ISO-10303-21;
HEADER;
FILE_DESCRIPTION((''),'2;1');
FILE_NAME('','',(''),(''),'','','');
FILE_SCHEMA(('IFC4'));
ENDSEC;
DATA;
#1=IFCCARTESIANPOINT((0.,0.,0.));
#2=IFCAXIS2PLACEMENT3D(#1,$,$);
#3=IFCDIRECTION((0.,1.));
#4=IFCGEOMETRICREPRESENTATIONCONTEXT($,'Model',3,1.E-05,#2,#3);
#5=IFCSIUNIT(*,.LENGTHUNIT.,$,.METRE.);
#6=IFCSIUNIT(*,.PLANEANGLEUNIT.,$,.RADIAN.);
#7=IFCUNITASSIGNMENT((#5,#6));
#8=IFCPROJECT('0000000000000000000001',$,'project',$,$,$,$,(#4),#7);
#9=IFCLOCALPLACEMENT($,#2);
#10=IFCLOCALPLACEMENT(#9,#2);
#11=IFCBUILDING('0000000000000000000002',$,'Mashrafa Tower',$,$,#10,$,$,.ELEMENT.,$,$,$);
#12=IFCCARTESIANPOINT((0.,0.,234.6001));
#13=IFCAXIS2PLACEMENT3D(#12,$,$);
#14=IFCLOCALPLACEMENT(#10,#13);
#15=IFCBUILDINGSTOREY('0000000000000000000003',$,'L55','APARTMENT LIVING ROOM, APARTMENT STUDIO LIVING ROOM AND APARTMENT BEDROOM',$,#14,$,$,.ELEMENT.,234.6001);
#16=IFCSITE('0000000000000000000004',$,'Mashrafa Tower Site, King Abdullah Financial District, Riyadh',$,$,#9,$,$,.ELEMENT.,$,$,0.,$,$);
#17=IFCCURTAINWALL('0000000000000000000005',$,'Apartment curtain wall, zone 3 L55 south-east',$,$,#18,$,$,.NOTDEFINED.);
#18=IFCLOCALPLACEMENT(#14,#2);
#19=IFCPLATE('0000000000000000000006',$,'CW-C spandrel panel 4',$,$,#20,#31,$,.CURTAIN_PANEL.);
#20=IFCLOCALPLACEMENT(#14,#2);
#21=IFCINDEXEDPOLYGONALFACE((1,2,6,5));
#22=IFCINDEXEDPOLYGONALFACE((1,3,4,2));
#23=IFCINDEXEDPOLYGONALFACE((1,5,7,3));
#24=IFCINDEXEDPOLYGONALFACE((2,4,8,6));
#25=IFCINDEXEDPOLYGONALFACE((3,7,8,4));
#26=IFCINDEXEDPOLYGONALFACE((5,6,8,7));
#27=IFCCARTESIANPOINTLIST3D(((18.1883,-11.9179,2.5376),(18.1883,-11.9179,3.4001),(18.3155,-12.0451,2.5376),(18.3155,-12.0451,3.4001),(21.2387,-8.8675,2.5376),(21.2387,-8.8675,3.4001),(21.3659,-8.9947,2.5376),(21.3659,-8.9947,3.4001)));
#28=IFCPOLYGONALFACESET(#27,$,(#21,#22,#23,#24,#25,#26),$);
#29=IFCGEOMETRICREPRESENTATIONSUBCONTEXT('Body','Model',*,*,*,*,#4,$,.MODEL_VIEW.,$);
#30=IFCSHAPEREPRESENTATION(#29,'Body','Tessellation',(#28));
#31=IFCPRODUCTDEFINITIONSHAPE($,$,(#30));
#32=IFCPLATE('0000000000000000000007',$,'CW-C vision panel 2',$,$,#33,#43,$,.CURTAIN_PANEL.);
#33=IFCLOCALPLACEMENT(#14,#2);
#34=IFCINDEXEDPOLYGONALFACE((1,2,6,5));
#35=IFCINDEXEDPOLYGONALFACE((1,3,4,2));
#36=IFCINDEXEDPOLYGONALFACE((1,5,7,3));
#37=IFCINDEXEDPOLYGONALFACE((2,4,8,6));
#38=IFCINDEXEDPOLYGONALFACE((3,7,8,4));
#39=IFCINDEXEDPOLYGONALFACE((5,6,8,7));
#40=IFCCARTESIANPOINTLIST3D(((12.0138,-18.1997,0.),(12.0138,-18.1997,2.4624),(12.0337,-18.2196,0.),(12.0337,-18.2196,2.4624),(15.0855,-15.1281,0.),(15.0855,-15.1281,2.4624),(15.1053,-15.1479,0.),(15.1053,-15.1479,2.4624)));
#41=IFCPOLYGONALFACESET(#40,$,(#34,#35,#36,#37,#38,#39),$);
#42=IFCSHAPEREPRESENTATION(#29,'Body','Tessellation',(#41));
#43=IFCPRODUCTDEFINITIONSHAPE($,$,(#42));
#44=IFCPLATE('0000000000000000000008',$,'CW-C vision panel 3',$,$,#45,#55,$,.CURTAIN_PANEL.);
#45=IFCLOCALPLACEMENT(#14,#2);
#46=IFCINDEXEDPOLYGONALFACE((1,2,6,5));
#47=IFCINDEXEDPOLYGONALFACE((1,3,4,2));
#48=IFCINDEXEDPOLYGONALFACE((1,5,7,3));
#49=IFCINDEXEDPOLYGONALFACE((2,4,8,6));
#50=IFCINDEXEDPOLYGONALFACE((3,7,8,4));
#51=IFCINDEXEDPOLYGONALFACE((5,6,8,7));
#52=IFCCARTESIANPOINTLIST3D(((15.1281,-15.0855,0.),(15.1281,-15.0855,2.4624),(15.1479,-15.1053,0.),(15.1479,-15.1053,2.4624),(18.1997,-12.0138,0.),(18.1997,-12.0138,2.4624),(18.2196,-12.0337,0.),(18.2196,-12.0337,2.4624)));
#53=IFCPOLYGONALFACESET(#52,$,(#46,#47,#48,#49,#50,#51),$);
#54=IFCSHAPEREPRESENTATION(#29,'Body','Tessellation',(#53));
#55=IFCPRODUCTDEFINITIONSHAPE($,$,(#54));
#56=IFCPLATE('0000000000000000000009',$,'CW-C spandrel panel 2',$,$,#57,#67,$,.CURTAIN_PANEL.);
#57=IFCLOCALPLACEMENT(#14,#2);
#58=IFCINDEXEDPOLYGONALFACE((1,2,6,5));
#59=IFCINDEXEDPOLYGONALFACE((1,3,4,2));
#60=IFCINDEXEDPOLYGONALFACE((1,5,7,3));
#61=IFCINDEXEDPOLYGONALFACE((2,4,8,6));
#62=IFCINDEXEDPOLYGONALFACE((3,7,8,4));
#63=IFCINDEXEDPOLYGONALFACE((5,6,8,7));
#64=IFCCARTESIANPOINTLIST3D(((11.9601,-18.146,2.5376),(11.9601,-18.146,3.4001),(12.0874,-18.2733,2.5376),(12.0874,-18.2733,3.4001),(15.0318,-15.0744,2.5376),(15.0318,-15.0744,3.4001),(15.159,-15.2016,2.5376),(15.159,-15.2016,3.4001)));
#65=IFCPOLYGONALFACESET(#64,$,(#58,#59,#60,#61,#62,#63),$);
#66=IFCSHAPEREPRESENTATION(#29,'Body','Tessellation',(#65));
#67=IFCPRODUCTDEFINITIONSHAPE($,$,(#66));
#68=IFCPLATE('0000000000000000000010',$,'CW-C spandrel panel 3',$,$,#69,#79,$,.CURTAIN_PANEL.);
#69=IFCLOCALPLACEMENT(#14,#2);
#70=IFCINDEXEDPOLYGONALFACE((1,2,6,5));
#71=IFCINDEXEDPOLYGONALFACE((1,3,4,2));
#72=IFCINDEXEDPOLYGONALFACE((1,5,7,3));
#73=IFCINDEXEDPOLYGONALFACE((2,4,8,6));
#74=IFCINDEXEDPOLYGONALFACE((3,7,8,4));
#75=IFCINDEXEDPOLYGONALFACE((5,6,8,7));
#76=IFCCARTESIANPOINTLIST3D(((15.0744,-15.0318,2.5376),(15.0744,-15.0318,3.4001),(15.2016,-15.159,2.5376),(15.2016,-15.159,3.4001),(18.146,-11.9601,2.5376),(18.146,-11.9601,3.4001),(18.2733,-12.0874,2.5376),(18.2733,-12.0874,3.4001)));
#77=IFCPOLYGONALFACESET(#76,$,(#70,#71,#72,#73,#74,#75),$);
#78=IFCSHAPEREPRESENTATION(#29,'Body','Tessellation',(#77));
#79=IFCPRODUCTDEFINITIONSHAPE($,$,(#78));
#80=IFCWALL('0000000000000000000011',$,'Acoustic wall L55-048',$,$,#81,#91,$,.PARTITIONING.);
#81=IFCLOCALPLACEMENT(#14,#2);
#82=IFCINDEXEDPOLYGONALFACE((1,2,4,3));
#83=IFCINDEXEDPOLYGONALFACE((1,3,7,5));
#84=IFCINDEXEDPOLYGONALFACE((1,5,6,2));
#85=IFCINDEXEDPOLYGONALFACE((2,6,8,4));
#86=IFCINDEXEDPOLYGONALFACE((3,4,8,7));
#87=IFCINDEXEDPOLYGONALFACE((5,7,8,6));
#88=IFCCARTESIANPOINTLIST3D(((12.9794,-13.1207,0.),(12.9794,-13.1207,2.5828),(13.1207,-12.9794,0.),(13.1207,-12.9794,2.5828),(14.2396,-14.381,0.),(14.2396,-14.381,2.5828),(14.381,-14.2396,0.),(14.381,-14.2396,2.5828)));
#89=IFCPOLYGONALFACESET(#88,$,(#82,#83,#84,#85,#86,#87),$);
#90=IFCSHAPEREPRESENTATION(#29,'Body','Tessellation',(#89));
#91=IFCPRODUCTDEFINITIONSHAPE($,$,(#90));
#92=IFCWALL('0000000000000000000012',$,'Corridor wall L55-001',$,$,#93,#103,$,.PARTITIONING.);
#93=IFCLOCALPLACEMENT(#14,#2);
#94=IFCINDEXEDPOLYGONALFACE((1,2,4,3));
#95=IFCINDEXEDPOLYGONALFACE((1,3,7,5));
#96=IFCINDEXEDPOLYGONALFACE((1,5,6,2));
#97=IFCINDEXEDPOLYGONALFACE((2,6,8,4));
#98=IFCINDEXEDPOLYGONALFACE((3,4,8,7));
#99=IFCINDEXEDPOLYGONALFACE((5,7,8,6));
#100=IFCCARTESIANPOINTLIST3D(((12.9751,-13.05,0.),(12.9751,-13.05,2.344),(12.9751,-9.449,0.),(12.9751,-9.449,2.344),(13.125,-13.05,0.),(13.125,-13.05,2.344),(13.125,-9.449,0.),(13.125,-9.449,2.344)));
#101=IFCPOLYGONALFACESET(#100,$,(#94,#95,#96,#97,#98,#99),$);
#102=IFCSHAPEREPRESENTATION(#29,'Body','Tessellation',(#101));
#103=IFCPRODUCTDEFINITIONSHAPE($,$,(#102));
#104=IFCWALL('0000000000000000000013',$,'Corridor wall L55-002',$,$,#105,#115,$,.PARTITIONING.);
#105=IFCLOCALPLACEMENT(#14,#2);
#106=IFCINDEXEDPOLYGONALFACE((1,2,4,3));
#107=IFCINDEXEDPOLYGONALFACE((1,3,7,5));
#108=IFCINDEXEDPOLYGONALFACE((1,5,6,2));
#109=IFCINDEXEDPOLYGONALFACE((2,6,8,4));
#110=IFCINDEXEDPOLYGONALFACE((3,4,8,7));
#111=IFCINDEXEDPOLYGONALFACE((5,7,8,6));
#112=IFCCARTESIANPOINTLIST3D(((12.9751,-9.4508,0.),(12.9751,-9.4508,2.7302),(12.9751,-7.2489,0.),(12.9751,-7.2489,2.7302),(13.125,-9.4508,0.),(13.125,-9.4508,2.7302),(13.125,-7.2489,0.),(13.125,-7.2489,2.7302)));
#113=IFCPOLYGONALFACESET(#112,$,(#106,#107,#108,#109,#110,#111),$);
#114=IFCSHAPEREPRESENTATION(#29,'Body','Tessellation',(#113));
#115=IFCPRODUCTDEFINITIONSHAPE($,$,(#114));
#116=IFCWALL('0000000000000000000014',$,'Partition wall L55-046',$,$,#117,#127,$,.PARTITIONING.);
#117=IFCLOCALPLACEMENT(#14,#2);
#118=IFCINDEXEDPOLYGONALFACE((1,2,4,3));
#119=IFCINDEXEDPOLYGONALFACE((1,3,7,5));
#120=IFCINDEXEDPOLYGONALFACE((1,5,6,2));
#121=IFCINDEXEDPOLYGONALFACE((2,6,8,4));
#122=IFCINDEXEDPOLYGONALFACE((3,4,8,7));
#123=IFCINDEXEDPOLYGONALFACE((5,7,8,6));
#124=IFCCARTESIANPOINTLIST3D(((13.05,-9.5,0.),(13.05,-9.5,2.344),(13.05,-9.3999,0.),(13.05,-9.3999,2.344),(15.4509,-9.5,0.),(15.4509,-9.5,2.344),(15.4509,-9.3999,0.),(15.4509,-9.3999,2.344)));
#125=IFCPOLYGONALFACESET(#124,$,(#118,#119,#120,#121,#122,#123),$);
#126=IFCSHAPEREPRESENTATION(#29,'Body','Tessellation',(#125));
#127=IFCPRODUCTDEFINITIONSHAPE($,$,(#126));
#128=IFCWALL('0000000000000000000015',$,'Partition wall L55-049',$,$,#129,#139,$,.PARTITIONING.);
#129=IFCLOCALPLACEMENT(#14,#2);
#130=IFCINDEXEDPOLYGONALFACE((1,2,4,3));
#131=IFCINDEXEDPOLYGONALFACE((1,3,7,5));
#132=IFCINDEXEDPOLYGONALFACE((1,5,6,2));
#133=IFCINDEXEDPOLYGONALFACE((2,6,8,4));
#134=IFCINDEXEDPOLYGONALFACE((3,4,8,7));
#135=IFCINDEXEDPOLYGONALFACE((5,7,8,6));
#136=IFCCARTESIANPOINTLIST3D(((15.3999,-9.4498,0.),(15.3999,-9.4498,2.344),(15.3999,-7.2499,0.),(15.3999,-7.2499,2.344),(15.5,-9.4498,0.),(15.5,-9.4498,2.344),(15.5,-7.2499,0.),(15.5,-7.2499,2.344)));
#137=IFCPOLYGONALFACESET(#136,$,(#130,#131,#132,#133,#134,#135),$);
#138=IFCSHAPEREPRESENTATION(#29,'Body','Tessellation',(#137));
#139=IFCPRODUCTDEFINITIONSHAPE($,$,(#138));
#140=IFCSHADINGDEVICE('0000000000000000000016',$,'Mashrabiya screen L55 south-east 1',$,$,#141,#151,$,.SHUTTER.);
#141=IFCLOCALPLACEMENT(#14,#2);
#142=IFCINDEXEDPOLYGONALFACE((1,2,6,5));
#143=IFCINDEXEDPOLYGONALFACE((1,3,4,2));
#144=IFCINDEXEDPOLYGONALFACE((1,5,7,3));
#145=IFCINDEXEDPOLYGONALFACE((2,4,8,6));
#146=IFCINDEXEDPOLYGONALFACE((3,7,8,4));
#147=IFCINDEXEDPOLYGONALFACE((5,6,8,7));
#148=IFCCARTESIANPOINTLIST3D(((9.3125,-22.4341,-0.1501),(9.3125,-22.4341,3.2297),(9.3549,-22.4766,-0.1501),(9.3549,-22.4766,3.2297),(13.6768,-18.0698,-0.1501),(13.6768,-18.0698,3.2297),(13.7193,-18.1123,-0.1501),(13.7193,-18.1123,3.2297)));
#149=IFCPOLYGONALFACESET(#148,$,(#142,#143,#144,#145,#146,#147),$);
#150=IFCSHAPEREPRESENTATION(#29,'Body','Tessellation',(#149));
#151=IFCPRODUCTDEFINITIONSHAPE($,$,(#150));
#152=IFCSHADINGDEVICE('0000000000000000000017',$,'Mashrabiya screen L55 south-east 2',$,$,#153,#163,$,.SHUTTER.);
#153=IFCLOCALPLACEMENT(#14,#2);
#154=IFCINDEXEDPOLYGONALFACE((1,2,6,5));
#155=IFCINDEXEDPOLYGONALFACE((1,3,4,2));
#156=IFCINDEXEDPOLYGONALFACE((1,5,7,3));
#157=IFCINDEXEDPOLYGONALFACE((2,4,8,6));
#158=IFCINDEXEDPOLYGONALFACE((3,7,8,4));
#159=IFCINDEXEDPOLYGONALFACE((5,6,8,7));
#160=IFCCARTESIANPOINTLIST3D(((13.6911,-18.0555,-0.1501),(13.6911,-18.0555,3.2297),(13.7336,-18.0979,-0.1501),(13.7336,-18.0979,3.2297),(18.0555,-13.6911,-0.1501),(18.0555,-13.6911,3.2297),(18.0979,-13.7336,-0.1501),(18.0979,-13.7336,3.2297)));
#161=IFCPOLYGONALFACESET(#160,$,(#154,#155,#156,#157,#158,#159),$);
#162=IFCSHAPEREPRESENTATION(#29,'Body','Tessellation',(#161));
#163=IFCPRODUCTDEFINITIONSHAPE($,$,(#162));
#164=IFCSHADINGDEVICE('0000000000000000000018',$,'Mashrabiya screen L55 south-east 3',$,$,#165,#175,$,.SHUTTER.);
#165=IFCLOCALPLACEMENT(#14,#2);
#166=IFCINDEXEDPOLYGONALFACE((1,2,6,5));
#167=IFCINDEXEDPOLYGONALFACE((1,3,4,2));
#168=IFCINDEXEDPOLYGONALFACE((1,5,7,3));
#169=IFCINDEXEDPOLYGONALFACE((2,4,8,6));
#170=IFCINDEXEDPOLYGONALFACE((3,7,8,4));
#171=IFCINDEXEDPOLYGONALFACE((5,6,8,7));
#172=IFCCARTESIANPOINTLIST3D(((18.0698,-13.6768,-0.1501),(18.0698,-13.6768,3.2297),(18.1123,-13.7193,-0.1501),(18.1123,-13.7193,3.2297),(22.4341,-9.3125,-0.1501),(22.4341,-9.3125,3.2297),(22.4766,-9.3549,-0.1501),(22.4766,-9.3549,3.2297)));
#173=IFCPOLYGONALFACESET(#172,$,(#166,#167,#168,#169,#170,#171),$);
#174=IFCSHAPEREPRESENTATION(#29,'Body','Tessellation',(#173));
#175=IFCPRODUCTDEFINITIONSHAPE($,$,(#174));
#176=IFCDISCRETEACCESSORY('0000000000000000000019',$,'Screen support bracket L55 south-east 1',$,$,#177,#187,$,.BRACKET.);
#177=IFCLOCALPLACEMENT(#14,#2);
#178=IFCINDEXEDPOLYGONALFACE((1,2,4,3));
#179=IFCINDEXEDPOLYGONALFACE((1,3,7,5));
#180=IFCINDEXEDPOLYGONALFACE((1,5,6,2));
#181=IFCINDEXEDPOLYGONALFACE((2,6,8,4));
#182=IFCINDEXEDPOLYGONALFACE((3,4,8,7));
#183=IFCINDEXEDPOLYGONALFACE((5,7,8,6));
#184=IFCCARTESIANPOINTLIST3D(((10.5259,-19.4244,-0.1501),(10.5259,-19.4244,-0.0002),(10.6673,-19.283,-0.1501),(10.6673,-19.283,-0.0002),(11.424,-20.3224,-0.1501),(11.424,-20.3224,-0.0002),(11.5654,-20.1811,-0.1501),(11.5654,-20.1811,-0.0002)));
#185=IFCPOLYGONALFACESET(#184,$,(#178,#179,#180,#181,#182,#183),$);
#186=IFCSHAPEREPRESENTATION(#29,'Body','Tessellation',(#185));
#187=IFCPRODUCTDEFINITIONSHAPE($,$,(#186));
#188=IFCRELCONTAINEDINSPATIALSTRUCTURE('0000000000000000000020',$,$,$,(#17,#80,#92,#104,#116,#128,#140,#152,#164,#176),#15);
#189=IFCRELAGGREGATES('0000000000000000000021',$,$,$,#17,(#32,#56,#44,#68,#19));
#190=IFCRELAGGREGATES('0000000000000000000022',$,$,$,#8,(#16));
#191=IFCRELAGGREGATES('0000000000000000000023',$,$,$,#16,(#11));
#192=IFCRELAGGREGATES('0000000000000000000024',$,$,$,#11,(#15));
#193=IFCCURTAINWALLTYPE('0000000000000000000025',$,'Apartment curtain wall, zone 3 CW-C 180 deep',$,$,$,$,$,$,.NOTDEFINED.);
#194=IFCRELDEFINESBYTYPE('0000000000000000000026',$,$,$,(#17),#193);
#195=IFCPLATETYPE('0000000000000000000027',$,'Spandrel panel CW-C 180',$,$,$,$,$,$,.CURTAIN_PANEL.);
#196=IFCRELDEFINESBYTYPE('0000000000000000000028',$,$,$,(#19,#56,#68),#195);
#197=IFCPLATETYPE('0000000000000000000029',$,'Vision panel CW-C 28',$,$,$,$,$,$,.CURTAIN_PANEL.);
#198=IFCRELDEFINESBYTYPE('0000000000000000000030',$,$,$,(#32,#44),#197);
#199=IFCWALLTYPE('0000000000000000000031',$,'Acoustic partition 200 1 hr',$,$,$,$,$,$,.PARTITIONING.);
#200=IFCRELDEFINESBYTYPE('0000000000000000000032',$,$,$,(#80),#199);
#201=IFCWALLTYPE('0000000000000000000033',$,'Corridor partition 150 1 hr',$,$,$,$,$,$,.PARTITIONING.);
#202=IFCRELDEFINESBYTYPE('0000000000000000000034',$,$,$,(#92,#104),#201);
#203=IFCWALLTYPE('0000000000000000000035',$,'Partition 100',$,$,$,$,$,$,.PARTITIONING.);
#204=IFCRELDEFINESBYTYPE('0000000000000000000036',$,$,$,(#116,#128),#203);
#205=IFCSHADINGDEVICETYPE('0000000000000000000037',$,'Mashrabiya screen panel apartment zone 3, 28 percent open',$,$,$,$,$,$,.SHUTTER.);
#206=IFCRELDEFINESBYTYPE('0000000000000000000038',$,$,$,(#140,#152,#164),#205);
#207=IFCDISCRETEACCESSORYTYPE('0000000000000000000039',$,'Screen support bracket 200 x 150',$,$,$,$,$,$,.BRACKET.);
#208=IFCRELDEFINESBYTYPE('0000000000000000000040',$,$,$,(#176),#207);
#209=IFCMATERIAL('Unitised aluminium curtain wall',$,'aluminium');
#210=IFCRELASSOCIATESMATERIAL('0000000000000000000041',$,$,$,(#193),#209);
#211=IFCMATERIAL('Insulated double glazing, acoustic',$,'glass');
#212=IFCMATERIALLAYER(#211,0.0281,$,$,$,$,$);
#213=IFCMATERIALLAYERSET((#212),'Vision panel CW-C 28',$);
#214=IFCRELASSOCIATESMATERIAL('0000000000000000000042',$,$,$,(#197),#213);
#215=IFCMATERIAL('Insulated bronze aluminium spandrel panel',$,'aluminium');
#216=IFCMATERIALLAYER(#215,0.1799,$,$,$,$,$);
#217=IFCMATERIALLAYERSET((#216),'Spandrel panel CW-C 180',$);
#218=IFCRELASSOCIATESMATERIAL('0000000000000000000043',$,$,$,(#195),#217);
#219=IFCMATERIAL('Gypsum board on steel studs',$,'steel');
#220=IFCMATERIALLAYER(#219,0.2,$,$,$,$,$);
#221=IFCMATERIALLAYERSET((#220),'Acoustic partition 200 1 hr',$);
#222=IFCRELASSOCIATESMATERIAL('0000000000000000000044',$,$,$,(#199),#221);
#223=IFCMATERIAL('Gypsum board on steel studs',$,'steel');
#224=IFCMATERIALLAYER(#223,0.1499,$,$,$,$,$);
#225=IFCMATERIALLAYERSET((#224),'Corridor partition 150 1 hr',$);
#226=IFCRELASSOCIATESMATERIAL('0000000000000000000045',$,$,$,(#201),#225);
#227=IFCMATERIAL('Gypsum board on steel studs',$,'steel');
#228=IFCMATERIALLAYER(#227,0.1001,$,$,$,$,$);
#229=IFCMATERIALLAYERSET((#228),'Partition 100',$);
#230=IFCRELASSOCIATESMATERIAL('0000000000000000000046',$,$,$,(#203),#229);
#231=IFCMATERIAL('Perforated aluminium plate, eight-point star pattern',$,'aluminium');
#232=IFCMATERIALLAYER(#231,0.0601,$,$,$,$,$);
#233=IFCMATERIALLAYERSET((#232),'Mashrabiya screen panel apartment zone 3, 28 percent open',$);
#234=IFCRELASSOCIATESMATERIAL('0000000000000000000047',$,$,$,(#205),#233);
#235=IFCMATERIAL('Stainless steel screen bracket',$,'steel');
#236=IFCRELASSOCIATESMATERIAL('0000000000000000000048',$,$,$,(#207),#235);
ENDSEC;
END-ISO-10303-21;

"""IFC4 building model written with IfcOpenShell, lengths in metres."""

from ifc_helpers import new_model, si_unit, direction, frame, frame_2d, origin, origin_2d, place, context, subcontext, project, spatial, rectangle, extrude, source, transform, mapped, material, layer, layer_set, type_object, type_shapes, element, aggregate, save


model = new_model("IFC4")

# Units and contexts
model_context = context("Model", 3, precision=1e-05, world=origin(), true_north=direction((0.0, 1.0)))
body_context = subcontext(model_context, "Body", "Model", "MODEL_VIEW")
ifc_project = project(units=[si_unit("LENGTHUNIT", "METRE"), si_unit("PLANEANGLEUNIT", "RADIAN")], contexts=[model_context])

# Site, building, storey
site_placement = place(None, origin())
site = spatial("IfcSite", under=ifc_project, at=site_placement, Name="Mashrafa Tower Site, King Abdullah Financial District, Riyadh", CompositionType="ELEMENT", RefElevation=0.0)
building_placement = place(site_placement, origin())
building = spatial("IfcBuilding", under=site, at=building_placement, Name="Mashrafa Tower", CompositionType="ELEMENT")
storey_placement = place(building_placement, frame((0.0, 0.0, 234.6001)))
storey = spatial("IfcBuildingStorey", under=building, at=storey_placement, Name="L55", Description="APARTMENT LIVING ROOM, APARTMENT STUDIO LIVING ROOM AND APARTMENT BEDROOM", CompositionType="ELEMENT", Elevation=234.6001)

# Curtain wall, plates
ifc_material_1 = material(Name="Unitised aluminium curtain wall", Category="aluminium")
curtain_wall_type = type_object("IfcCurtainWallType", Name="Apartment curtain wall, zone 3 CW-C 180 deep", PredefinedType="NOTDEFINED", material=ifc_material_1)
curtain_wall_placement = place(storey_placement, origin())
curtain_wall = element("IfcCurtainWall", 1, at=curtain_wall_placement, inside=storey, type_object=curtain_wall_type, Name="Apartment curtain wall, zone 3 L55 south-east", PredefinedType="NOTDEFINED")
ifc_material_2 = material(Name="Insulated double glazing, acoustic", Category="glass")
ifc_layer_1 = layer(ifc_material_2, 0.0281)
ifc_layer_set_1 = layer_set([ifc_layer_1], Name="Vision panel CW-C 28")
plate_type_1 = type_object("IfcPlateType", Name="Vision panel CW-C 28", PredefinedType="CURTAIN_PANEL", material=ifc_layer_set_1)
ifc_material_3 = material(Name="Insulated bronze aluminium spandrel panel", Category="aluminium")
ifc_layer_2 = layer(ifc_material_3, 0.1799)
ifc_layer_set_2 = layer_set([ifc_layer_2], Name="Spandrel panel CW-C 180")
plate_type_2 = type_object("IfcPlateType", Name="Spandrel panel CW-C 180", PredefinedType="CURTAIN_PANEL", material=ifc_layer_set_2)
shared_shape_1 = source(origin(), body_context, "Body", "SweptSolid", [
    extrude(rectangle(XDim=4.314, YDim=0.1799, at=origin_2d()), origin(), (0.0, 0.0, 1.0), 0.8625),
])
plate_1_placement = place(storey_placement, frame((19.7771, -10.4563, 2.5376), z_axis=(0.0, 0.0, 1.0), x_axis=(0.707107, 0.707107, 0.0)))
plate_1 = element("IfcPlate", 2, at=plate_1_placement, type_object=plate_type_2, Name="CW-C spandrel panel 4", PredefinedType="CURTAIN_PANEL", context=body_context, shape_type="MappedRepresentation", body=[
    mapped(shared_shape_1, transform((0.0, 0.0, 0.0))),
])
shared_shape_2 = source(origin(), body_context, "Body", "SweptSolid", [
    extrude(rectangle(XDim=4.344, YDim=0.0281, at=origin_2d()), origin(), (0.0, 0.0, 1.0), 2.4624),
])
plate_2_placement = place(storey_placement, frame((13.5596, -16.6738, 0.0), z_axis=(0.0, 0.0, 1.0), x_axis=(0.707107, 0.707107, 0.0)))
plate_2 = element("IfcPlate", 3, at=plate_2_placement, type_object=plate_type_1, Name="CW-C vision panel 2", PredefinedType="CURTAIN_PANEL", context=body_context, shape_type="MappedRepresentation", body=[
    mapped(shared_shape_2, transform((0.0, 0.0, 0.0))),
])
plate_3_placement = place(storey_placement, frame((16.6738, -13.5596, 0.0), z_axis=(0.0, 0.0, 1.0), x_axis=(0.707107, 0.707107, 0.0)))
plate_3 = element("IfcPlate", 4, at=plate_3_placement, type_object=plate_type_1, Name="CW-C vision panel 3", PredefinedType="CURTAIN_PANEL", context=body_context, shape_type="MappedRepresentation", body=[
    mapped(shared_shape_2, transform((0.0, 0.0, 0.0))),
])
shared_shape_3 = source(origin(), body_context, "Body", "SweptSolid", [
    extrude(rectangle(XDim=4.344, YDim=0.1799, at=origin_2d()), origin(), (0.0, 0.0, 1.0), 0.8625),
])
type_shapes(plate_type_2, [shared_shape_1, shared_shape_3])
plate_4_placement = place(storey_placement, frame((13.5596, -16.6738, 2.5376), z_axis=(0.0, 0.0, 1.0), x_axis=(0.707107, 0.707107, 0.0)))
plate_4 = element("IfcPlate", 5, at=plate_4_placement, type_object=plate_type_2, Name="CW-C spandrel panel 2", PredefinedType="CURTAIN_PANEL", context=body_context, shape_type="MappedRepresentation", body=[
    mapped(shared_shape_3, transform((0.0, 0.0, 0.0))),
])
plate_5_placement = place(storey_placement, frame((16.6738, -13.5596, 2.5376), z_axis=(0.0, 0.0, 1.0), x_axis=(0.707107, 0.707107, 0.0)))
plate_5 = element("IfcPlate", 6, at=plate_5_placement, type_object=plate_type_2, Name="CW-C spandrel panel 3", PredefinedType="CURTAIN_PANEL", context=body_context, shape_type="MappedRepresentation", body=[
    mapped(shared_shape_3, transform((0.0, 0.0, 0.0))),
])
aggregate(curtain_wall, [plate_2, plate_4, plate_3, plate_5, plate_1])

# Walls
ifc_material_4 = material(Name="Gypsum board on steel studs", Category="steel")
ifc_layer_3 = layer(ifc_material_4, 0.2)
ifc_layer_set_3 = layer_set([ifc_layer_3], Name="Acoustic partition 200 1 hr")
wall_type_1 = type_object("IfcWallType", Name="Acoustic partition 200 1 hr", PredefinedType="PARTITIONING", material=ifc_layer_set_3)
wall_1_placement = place(storey_placement, frame((13.05, -13.05, 0.0), z_axis=(0.0, 0.0, 1.0), x_axis=(0.707107, -0.707107, 0.0)))
element("IfcWall", 7, at=wall_1_placement, inside=storey, type_object=wall_type_1, Name="Acoustic wall L55-048", PredefinedType="PARTITIONING", context=body_context, shape_type="SweptSolid", body=[
    extrude(rectangle(XDim=1.7822, YDim=0.2, at=frame_2d((0.8911, 0.0))), origin(), (0.0, 0.0, 1.0), 2.5828),
])
ifc_material_5 = material(Name="Gypsum board on steel studs", Category="steel")
ifc_layer_4 = layer(ifc_material_5, 0.1499)
ifc_layer_set_4 = layer_set([ifc_layer_4], Name="Corridor partition 150 1 hr")
wall_type_2 = type_object("IfcWallType", Name="Corridor partition 150 1 hr", PredefinedType="PARTITIONING", material=ifc_layer_set_4)
wall_2_placement = place(storey_placement, frame((13.05, -13.05, 0.0), z_axis=(0.0, 0.0, 1.0), x_axis=(0.0, 1.0, 0.0)))
element("IfcWall", 8, at=wall_2_placement, inside=storey, type_object=wall_type_2, Name="Corridor wall L55-001", PredefinedType="PARTITIONING", context=body_context, shape_type="SweptSolid", body=[
    extrude(rectangle(XDim=3.6011, YDim=0.1499, at=frame_2d((1.8005, 0.0))), origin(), (0.0, 0.0, 1.0), 2.344),
])
wall_3_placement = place(storey_placement, frame((13.05, -9.4509, 0.0), z_axis=(0.0, 0.0, 1.0), x_axis=(0.0, 1.0, 0.0)))
element("IfcWall", 9, at=wall_3_placement, inside=storey, type_object=wall_type_2, Name="Corridor wall L55-002", PredefinedType="PARTITIONING", context=body_context, shape_type="SweptSolid", body=[
    extrude(rectangle(XDim=2.2019, YDim=0.1499, at=frame_2d((1.1011, 0.0))), origin(), (0.0, 0.0, 1.0), 2.7302),
])
ifc_material_6 = material(Name="Gypsum board on steel studs", Category="steel")
ifc_layer_5 = layer(ifc_material_6, 0.1001)
ifc_layer_set_5 = layer_set([ifc_layer_5], Name="Partition 100")
wall_type_3 = type_object("IfcWallType", Name="Partition 100", PredefinedType="PARTITIONING", material=ifc_layer_set_5)
wall_4_placement = place(storey_placement, frame((15.4509, -9.45, 0.0), z_axis=(0.0, 0.0, 1.0), x_axis=(-1.0, 0.0, 0.0)))
element("IfcWall", 10, at=wall_4_placement, inside=storey, type_object=wall_type_3, Name="Partition wall L55-046", PredefinedType="PARTITIONING", context=body_context, shape_type="SweptSolid", body=[
    extrude(rectangle(XDim=2.4009, YDim=0.1001, at=frame_2d((1.2004, 0.0))), origin(), (0.0, 0.0, 1.0), 2.344),
])
wall_5_placement = place(storey_placement, frame((15.45, -9.45, 0.0), z_axis=(0.0, 0.0, 1.0), x_axis=(0.0, 1.0, 0.0)))
element("IfcWall", 11, at=wall_5_placement, inside=storey, type_object=wall_type_3, Name="Partition wall L55-049", PredefinedType="PARTITIONING", context=body_context, shape_type="SweptSolid", body=[
    extrude(rectangle(XDim=2.2, YDim=0.1001, at=frame_2d((1.1001, 0.0))), origin(), (0.0, 0.0, 1.0), 2.344),
])

# Shading devices
ifc_material_7 = material(Name="Perforated aluminium plate, eight-point star pattern", Category="aluminium")
ifc_layer_6 = layer(ifc_material_7, 0.0601)
ifc_layer_set_6 = layer_set([ifc_layer_6], Name="Mashrabiya screen panel apartment zone 3, 28 percent open")
shading_device_type = type_object("IfcShadingDeviceType", Name="Mashrabiya screen panel apartment zone 3, 28 percent open", PredefinedType="SHUTTER", material=ifc_layer_set_6)
shared_shape_4 = source(origin(), body_context, "Body", "SweptSolid", [
    extrude(rectangle(XDim=6.1721, YDim=0.0601, at=origin_2d()), origin(), (0.0, 0.0, 1.0), 3.3799),
])
type_shapes(shading_device_type, [shared_shape_4])
for number, where, z_axis, x_axis, name in (
    (12, (11.5159, -20.2732, -0.1501), (0.0, 0.0, 1.0), (0.707107, 0.707107, 0.0), "Mashrabiya screen L55 south-east 1"),
    (13, (15.8945, -15.8945, -0.1501), (0.0, 0.0, 1.0), (0.707107, 0.707107, 0.0), "Mashrabiya screen L55 south-east 2"),
    (14, (20.2732, -11.5159, -0.1501), (0.0, 0.0, 1.0), (0.707107, 0.707107, 0.0), "Mashrabiya screen L55 south-east 3"),
):
    element("IfcShadingDevice", number, at=place(storey_placement, frame(where, z_axis=z_axis, x_axis=x_axis)), inside=storey, type_object=shading_device_type, Name=name, PredefinedType="SHUTTER", context=body_context, shape_type="MappedRepresentation", body=[
        mapped(shared_shape_4, transform((0.0, 0.0, 0.0))),
    ])

# Discrete accessory
ifc_material_8 = material(Name="Stainless steel screen bracket", Category="steel")
discrete_accessory_type = type_object("IfcDiscreteAccessoryType", Name="Screen support bracket 200 x 150", PredefinedType="BRACKET", material=ifc_material_8)
shared_shape_5 = source(origin(), body_context, "Body", "SweptSolid", [
    extrude(rectangle(XDim=0.2, YDim=1.27, at=origin_2d()), origin(), (0.0, 0.0, 1.0), 0.1499),
])
type_shapes(discrete_accessory_type, [shared_shape_5])
for number, where, z_axis, x_axis, name in (
    (15, (11.0457, -19.8027, -0.1501), (0.0, 0.0, 1.0), (0.707107, 0.707107, 0.0), "Screen support bracket L55 south-east 1"),
):
    element("IfcDiscreteAccessory", number, at=place(storey_placement, frame(where, z_axis=z_axis, x_axis=x_axis)), inside=storey, type_object=discrete_accessory_type, Name=name, PredefinedType="BRACKET", context=body_context, shape_type="MappedRepresentation", body=[
        mapped(shared_shape_5, transform((0.0, 0.0, 0.0))),
    ])

save(model, "model.ifc")
